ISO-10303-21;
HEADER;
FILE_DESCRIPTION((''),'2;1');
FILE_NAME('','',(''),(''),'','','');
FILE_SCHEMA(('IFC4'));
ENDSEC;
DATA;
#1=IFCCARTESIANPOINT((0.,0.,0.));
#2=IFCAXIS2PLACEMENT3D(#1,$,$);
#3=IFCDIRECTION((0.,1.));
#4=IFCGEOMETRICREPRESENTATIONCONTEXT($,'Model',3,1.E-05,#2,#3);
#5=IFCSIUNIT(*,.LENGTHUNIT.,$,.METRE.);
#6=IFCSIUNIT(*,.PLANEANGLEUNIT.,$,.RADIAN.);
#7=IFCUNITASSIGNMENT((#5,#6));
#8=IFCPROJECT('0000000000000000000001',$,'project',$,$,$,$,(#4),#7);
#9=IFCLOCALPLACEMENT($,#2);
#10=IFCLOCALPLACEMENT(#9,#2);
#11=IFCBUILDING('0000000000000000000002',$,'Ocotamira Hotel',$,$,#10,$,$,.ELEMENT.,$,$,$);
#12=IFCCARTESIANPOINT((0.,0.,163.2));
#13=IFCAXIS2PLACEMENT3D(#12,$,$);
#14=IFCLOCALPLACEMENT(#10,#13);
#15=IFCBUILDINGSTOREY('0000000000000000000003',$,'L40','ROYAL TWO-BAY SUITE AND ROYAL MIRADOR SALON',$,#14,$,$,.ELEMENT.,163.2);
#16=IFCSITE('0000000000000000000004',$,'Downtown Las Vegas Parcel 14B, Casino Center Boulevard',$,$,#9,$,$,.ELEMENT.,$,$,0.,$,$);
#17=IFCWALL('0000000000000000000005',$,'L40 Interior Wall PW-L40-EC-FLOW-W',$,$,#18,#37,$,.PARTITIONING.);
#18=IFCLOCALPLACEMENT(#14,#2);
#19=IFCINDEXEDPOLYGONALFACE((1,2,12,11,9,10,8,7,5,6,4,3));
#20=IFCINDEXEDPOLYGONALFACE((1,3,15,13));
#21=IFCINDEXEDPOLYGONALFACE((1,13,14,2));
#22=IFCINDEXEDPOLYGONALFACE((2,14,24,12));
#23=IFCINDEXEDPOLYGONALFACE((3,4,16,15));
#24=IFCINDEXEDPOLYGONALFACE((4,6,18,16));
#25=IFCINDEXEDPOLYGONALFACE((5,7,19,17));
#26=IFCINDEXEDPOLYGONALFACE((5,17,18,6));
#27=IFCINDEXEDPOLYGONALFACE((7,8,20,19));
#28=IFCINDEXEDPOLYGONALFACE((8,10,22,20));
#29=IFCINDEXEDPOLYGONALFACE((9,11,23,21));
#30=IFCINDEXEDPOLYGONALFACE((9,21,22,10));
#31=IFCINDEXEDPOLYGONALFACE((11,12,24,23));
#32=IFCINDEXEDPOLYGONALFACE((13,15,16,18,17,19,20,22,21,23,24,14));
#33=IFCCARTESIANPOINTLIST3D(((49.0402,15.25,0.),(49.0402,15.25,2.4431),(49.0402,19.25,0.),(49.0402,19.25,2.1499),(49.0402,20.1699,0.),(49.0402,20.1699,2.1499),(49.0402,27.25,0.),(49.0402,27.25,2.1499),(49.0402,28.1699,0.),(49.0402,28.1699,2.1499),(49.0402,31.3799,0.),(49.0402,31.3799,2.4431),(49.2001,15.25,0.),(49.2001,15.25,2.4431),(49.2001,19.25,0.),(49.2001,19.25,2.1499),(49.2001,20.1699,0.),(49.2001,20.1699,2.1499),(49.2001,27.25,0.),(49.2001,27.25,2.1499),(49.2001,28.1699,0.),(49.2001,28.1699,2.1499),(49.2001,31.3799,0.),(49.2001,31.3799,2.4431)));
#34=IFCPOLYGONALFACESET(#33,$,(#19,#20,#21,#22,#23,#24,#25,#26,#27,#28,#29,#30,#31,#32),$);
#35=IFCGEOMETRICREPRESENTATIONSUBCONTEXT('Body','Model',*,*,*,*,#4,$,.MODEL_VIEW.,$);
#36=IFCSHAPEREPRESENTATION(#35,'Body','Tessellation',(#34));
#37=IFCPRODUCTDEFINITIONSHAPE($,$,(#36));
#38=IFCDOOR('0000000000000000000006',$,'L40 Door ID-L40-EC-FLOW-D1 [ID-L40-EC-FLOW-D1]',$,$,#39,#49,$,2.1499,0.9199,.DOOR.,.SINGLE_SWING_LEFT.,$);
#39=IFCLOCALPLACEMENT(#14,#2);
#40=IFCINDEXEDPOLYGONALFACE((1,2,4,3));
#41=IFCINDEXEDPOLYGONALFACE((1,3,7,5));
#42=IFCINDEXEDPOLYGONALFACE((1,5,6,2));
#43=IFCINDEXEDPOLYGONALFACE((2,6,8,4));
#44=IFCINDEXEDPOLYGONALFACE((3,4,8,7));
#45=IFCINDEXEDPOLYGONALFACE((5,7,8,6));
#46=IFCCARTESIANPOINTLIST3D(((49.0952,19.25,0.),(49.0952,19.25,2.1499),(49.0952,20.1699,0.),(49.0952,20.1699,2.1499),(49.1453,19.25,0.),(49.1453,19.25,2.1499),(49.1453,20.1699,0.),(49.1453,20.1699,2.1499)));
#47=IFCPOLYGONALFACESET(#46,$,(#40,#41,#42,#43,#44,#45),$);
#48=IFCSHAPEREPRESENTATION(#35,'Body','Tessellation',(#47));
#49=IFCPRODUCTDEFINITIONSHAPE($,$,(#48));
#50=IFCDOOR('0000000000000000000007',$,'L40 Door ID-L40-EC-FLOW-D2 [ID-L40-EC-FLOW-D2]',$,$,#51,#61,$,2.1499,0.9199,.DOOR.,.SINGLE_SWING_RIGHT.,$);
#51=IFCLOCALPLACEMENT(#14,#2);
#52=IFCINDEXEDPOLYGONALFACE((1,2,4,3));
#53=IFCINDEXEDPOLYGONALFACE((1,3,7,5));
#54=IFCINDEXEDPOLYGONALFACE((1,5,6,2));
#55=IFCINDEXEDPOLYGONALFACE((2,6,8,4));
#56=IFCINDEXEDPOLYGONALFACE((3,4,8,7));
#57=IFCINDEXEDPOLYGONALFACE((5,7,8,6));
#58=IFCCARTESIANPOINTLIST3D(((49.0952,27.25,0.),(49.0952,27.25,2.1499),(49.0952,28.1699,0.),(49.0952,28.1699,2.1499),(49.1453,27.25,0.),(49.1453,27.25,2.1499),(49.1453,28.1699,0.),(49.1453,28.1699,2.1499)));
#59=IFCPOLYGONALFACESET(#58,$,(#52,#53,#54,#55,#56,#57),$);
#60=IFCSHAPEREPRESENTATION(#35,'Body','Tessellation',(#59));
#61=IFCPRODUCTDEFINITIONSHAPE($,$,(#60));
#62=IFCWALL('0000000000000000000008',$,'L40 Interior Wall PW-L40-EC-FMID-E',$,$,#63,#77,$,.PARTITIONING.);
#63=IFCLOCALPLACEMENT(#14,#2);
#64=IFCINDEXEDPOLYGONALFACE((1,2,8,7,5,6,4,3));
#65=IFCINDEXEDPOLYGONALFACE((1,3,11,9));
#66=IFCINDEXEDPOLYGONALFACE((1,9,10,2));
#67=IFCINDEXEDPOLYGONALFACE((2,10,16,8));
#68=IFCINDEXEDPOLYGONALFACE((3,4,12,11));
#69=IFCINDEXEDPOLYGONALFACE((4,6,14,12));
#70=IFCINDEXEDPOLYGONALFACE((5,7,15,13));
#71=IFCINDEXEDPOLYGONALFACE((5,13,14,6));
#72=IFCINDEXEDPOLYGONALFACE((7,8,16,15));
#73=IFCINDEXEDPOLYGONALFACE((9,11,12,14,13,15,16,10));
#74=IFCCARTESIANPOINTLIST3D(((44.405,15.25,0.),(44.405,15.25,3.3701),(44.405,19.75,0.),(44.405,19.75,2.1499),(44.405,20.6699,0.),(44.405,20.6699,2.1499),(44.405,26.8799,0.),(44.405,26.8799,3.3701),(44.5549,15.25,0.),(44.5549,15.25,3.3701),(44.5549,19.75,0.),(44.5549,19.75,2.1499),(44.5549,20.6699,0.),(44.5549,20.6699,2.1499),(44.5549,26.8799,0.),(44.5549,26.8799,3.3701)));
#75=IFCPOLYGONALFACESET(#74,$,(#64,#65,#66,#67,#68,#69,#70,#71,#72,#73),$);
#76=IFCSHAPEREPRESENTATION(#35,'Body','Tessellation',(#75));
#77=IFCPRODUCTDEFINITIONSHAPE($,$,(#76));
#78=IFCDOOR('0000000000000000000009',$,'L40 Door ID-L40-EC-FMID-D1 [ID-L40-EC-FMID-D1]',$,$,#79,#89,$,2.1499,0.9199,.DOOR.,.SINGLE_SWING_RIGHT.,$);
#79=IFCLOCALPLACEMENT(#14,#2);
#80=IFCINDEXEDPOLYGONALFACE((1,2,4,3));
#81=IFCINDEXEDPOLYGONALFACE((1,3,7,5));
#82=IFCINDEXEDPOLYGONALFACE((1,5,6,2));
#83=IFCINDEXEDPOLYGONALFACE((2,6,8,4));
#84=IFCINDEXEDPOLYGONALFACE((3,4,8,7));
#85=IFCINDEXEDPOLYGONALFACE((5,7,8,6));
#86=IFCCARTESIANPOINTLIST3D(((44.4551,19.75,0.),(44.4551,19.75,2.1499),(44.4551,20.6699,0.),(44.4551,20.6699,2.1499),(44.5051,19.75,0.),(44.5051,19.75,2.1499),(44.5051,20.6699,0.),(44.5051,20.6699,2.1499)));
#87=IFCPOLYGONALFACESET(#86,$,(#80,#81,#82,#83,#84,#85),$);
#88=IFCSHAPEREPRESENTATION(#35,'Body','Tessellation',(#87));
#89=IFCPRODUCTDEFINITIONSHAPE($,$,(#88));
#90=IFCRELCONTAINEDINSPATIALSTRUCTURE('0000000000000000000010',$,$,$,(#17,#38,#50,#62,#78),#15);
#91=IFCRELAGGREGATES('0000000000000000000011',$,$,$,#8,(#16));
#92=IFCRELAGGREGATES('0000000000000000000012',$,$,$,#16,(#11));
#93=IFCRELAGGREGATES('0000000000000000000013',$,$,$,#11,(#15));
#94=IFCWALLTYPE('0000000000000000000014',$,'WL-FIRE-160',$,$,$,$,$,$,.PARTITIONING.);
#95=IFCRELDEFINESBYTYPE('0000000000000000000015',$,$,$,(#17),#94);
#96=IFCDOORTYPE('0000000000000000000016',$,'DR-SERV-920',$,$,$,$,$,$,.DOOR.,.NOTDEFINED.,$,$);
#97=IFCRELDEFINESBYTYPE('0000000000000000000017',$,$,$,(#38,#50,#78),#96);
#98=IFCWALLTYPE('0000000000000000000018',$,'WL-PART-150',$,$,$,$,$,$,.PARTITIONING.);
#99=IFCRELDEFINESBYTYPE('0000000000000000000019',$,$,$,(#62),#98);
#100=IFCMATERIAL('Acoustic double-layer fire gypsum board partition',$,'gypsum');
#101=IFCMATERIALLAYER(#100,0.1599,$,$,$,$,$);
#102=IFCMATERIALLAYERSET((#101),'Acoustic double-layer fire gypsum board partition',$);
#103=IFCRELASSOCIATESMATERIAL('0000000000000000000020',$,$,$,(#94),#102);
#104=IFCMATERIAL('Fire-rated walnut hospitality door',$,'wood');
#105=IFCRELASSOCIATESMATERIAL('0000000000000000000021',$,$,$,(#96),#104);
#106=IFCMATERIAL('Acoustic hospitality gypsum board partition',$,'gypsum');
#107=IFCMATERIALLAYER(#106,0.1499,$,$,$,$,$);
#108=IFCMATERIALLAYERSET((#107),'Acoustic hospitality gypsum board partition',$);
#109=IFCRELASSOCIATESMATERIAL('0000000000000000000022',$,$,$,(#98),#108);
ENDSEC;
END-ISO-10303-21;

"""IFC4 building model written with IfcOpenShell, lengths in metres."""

from ifc_helpers import new_model, si_unit, direction, frame, frame_2d, origin, place, context, subcontext, project, spatial, rectangle, extrude, source, transform, mapped, material, layer, layer_set, type_object, element, fill, save


model = new_model("IFC4")

# Units and contexts
model_context = context("Model", 3, precision=1e-05, world=origin(), true_north=direction((0.0, 1.0)))
body_context = subcontext(model_context, "Body", "Model", "MODEL_VIEW")
ifc_project = project(units=[si_unit("LENGTHUNIT", "METRE"), si_unit("PLANEANGLEUNIT", "RADIAN")], contexts=[model_context])

# Site, building, storey
site_placement = place(None, origin())
site = spatial("IfcSite", under=ifc_project, at=site_placement, Name="Downtown Las Vegas Parcel 14B, Casino Center Boulevard", CompositionType="ELEMENT", RefElevation=0.0)
building_placement = place(site_placement, origin())
building = spatial("IfcBuilding", under=site, at=building_placement, Name="Ocotamira Hotel", CompositionType="ELEMENT")
storey_placement = place(building_placement, frame((0.0, 0.0, 163.2)))
storey = spatial("IfcBuildingStorey", under=building, at=storey_placement, Name="L40", Description="ROYAL TWO-BAY SUITE AND ROYAL MIRADOR SALON", CompositionType="ELEMENT", Elevation=163.2)

# Wall, openings, doors
ifc_material_1 = material(Name="Acoustic double-layer fire gypsum board partition", Category="gypsum")
ifc_layer_1 = layer(ifc_material_1, 0.1599)
ifc_layer_set_1 = layer_set([ifc_layer_1], Name="Acoustic double-layer fire gypsum board partition")
wall_type_1 = type_object("IfcWallType", Name="WL-FIRE-160", PredefinedType="PARTITIONING", material=ifc_layer_set_1)
wall_1_placement = place(storey_placement, frame((49.1201, 15.25, 0.0), z_axis=(0.0, 0.0, 1.0), x_axis=(0.0, 1.0, 0.0)))
wall_1 = element("IfcWall", 1, at=wall_1_placement, inside=storey, type_object=wall_type_1, Name="L40 Interior Wall PW-L40-EC-FLOW-W", PredefinedType="PARTITIONING", context=body_context, shape_type="SweptSolid", body=[
    extrude(rectangle(XDim=16.1299, YDim=0.1599, at=frame_2d((8.0649, 0.0))), origin(), (0.0, 0.0, 1.0), 2.4431),
])
opening_1_placement = place(wall_1_placement, frame((4.0, 0.0, 0.0)))
opening_1 = element("IfcOpeningElement", 2, at=opening_1_placement, cuts=wall_1, PredefinedType="OPENING", context=body_context, shape_type="SweptSolid", body=[
    extrude(rectangle(XDim=0.9199, YDim=2.1499, at=frame_2d((0.46, 1.075))), frame((0.0, 0.0898, 0.0), z_axis=(0.0, -1.0, 0.0), x_axis=(1.0, 0.0, 0.0)), (0.0, 0.0, 1.0), 0.1799),
])
opening_2_placement = place(wall_1_placement, frame((12.0, 0.0, 0.0)))
opening_2 = element("IfcOpeningElement", 3, at=opening_2_placement, cuts=wall_1, PredefinedType="OPENING", context=body_context, shape_type="SweptSolid", body=[
    extrude(rectangle(XDim=0.9199, YDim=2.1499, at=frame_2d((0.46, 1.075))), frame((0.0, 0.0898, 0.0), z_axis=(0.0, -1.0, 0.0), x_axis=(1.0, 0.0, 0.0)), (0.0, 0.0, 1.0), 0.1799),
])
ifc_material_2 = material(Name="Fire-rated walnut hospitality door", Category="wood")
door_type_1 = type_object("IfcDoorType", Name="DR-SERV-920", OperationType="NOTDEFINED", PredefinedType="DOOR", material=ifc_material_2)
shared_shape_1 = source(origin(), body_context, "Body", "SweptSolid", [
    extrude(rectangle(XDim=0.9199, YDim=2.1499, at=frame_2d((0.46, 1.075))), frame((0.0, 0.0249, 0.0), z_axis=(0.0, -1.0, 0.0), x_axis=(1.0, 0.0, 0.0)), (0.0, 0.0, 1.0), 0.05),
])
door_1_placement = place(opening_1_placement, origin())
door_1 = element("IfcDoor", 4, at=door_1_placement, inside=storey, type_object=door_type_1, Name="L40 Door ID-L40-EC-FLOW-D1 [ID-L40-EC-FLOW-D1]", OperationType="SINGLE_SWING_LEFT", OverallHeight=2.1499, OverallWidth=0.9199, PredefinedType="DOOR", context=body_context, shape_type="MappedRepresentation", body=[
    mapped(shared_shape_1, transform((0.0, 0.0, 0.0), scale=1.0)),
])
fill(opening_1, door_1)
door_2_placement = place(opening_2_placement, origin())
door_2 = element("IfcDoor", 5, at=door_2_placement, inside=storey, type_object=door_type_1, Name="L40 Door ID-L40-EC-FLOW-D2 [ID-L40-EC-FLOW-D2]", OperationType="SINGLE_SWING_RIGHT", OverallHeight=2.1499, OverallWidth=0.9199, PredefinedType="DOOR", context=body_context, shape_type="MappedRepresentation", body=[
    mapped(shared_shape_1, transform((0.0, 0.0, 0.0), scale=1.0)),
])
fill(opening_2, door_2)

# Wall, opening, door
ifc_material_3 = material(Name="Acoustic hospitality gypsum board partition", Category="gypsum")
ifc_layer_2 = layer(ifc_material_3, 0.1499)
ifc_layer_set_2 = layer_set([ifc_layer_2], Name="Acoustic hospitality gypsum board partition")
wall_type_2 = type_object("IfcWallType", Name="WL-PART-150", PredefinedType="PARTITIONING", material=ifc_layer_set_2)
wall_2_placement = place(storey_placement, frame((44.48, 15.25, 0.0), z_axis=(0.0, 0.0, 1.0), x_axis=(0.0, 1.0, 0.0)))
wall_2 = element("IfcWall", 6, at=wall_2_placement, inside=storey, type_object=wall_type_2, Name="L40 Interior Wall PW-L40-EC-FMID-E", PredefinedType="PARTITIONING", context=body_context, shape_type="SweptSolid", body=[
    extrude(rectangle(XDim=11.6299, YDim=0.1499, at=frame_2d((5.8149, 0.0))), origin(), (0.0, 0.0, 1.0), 3.3701),
])
opening_3_placement = place(wall_2_placement, frame((4.5, 0.0, 0.0)))
opening_3 = element("IfcOpeningElement", 7, at=opening_3_placement, cuts=wall_2, PredefinedType="OPENING", context=body_context, shape_type="SweptSolid", body=[
    extrude(rectangle(XDim=0.9199, YDim=2.1499, at=frame_2d((0.46, 1.075))), frame((0.0, 0.085, 0.0), z_axis=(0.0, -1.0, 0.0), x_axis=(1.0, 0.0, 0.0)), (0.0, 0.0, 1.0), 0.1699),
])
door_3_placement = place(opening_3_placement, origin())
door_3 = element("IfcDoor", 8, at=door_3_placement, inside=storey, type_object=door_type_1, Name="L40 Door ID-L40-EC-FMID-D1 [ID-L40-EC-FMID-D1]", OperationType="SINGLE_SWING_RIGHT", OverallHeight=2.1499, OverallWidth=0.9199, PredefinedType="DOOR", context=body_context, shape_type="MappedRepresentation", body=[
    mapped(shared_shape_1, transform((0.0, 0.0, 0.0), scale=1.0)),
])
fill(opening_3, door_3)

save(model, "model.ifc")
